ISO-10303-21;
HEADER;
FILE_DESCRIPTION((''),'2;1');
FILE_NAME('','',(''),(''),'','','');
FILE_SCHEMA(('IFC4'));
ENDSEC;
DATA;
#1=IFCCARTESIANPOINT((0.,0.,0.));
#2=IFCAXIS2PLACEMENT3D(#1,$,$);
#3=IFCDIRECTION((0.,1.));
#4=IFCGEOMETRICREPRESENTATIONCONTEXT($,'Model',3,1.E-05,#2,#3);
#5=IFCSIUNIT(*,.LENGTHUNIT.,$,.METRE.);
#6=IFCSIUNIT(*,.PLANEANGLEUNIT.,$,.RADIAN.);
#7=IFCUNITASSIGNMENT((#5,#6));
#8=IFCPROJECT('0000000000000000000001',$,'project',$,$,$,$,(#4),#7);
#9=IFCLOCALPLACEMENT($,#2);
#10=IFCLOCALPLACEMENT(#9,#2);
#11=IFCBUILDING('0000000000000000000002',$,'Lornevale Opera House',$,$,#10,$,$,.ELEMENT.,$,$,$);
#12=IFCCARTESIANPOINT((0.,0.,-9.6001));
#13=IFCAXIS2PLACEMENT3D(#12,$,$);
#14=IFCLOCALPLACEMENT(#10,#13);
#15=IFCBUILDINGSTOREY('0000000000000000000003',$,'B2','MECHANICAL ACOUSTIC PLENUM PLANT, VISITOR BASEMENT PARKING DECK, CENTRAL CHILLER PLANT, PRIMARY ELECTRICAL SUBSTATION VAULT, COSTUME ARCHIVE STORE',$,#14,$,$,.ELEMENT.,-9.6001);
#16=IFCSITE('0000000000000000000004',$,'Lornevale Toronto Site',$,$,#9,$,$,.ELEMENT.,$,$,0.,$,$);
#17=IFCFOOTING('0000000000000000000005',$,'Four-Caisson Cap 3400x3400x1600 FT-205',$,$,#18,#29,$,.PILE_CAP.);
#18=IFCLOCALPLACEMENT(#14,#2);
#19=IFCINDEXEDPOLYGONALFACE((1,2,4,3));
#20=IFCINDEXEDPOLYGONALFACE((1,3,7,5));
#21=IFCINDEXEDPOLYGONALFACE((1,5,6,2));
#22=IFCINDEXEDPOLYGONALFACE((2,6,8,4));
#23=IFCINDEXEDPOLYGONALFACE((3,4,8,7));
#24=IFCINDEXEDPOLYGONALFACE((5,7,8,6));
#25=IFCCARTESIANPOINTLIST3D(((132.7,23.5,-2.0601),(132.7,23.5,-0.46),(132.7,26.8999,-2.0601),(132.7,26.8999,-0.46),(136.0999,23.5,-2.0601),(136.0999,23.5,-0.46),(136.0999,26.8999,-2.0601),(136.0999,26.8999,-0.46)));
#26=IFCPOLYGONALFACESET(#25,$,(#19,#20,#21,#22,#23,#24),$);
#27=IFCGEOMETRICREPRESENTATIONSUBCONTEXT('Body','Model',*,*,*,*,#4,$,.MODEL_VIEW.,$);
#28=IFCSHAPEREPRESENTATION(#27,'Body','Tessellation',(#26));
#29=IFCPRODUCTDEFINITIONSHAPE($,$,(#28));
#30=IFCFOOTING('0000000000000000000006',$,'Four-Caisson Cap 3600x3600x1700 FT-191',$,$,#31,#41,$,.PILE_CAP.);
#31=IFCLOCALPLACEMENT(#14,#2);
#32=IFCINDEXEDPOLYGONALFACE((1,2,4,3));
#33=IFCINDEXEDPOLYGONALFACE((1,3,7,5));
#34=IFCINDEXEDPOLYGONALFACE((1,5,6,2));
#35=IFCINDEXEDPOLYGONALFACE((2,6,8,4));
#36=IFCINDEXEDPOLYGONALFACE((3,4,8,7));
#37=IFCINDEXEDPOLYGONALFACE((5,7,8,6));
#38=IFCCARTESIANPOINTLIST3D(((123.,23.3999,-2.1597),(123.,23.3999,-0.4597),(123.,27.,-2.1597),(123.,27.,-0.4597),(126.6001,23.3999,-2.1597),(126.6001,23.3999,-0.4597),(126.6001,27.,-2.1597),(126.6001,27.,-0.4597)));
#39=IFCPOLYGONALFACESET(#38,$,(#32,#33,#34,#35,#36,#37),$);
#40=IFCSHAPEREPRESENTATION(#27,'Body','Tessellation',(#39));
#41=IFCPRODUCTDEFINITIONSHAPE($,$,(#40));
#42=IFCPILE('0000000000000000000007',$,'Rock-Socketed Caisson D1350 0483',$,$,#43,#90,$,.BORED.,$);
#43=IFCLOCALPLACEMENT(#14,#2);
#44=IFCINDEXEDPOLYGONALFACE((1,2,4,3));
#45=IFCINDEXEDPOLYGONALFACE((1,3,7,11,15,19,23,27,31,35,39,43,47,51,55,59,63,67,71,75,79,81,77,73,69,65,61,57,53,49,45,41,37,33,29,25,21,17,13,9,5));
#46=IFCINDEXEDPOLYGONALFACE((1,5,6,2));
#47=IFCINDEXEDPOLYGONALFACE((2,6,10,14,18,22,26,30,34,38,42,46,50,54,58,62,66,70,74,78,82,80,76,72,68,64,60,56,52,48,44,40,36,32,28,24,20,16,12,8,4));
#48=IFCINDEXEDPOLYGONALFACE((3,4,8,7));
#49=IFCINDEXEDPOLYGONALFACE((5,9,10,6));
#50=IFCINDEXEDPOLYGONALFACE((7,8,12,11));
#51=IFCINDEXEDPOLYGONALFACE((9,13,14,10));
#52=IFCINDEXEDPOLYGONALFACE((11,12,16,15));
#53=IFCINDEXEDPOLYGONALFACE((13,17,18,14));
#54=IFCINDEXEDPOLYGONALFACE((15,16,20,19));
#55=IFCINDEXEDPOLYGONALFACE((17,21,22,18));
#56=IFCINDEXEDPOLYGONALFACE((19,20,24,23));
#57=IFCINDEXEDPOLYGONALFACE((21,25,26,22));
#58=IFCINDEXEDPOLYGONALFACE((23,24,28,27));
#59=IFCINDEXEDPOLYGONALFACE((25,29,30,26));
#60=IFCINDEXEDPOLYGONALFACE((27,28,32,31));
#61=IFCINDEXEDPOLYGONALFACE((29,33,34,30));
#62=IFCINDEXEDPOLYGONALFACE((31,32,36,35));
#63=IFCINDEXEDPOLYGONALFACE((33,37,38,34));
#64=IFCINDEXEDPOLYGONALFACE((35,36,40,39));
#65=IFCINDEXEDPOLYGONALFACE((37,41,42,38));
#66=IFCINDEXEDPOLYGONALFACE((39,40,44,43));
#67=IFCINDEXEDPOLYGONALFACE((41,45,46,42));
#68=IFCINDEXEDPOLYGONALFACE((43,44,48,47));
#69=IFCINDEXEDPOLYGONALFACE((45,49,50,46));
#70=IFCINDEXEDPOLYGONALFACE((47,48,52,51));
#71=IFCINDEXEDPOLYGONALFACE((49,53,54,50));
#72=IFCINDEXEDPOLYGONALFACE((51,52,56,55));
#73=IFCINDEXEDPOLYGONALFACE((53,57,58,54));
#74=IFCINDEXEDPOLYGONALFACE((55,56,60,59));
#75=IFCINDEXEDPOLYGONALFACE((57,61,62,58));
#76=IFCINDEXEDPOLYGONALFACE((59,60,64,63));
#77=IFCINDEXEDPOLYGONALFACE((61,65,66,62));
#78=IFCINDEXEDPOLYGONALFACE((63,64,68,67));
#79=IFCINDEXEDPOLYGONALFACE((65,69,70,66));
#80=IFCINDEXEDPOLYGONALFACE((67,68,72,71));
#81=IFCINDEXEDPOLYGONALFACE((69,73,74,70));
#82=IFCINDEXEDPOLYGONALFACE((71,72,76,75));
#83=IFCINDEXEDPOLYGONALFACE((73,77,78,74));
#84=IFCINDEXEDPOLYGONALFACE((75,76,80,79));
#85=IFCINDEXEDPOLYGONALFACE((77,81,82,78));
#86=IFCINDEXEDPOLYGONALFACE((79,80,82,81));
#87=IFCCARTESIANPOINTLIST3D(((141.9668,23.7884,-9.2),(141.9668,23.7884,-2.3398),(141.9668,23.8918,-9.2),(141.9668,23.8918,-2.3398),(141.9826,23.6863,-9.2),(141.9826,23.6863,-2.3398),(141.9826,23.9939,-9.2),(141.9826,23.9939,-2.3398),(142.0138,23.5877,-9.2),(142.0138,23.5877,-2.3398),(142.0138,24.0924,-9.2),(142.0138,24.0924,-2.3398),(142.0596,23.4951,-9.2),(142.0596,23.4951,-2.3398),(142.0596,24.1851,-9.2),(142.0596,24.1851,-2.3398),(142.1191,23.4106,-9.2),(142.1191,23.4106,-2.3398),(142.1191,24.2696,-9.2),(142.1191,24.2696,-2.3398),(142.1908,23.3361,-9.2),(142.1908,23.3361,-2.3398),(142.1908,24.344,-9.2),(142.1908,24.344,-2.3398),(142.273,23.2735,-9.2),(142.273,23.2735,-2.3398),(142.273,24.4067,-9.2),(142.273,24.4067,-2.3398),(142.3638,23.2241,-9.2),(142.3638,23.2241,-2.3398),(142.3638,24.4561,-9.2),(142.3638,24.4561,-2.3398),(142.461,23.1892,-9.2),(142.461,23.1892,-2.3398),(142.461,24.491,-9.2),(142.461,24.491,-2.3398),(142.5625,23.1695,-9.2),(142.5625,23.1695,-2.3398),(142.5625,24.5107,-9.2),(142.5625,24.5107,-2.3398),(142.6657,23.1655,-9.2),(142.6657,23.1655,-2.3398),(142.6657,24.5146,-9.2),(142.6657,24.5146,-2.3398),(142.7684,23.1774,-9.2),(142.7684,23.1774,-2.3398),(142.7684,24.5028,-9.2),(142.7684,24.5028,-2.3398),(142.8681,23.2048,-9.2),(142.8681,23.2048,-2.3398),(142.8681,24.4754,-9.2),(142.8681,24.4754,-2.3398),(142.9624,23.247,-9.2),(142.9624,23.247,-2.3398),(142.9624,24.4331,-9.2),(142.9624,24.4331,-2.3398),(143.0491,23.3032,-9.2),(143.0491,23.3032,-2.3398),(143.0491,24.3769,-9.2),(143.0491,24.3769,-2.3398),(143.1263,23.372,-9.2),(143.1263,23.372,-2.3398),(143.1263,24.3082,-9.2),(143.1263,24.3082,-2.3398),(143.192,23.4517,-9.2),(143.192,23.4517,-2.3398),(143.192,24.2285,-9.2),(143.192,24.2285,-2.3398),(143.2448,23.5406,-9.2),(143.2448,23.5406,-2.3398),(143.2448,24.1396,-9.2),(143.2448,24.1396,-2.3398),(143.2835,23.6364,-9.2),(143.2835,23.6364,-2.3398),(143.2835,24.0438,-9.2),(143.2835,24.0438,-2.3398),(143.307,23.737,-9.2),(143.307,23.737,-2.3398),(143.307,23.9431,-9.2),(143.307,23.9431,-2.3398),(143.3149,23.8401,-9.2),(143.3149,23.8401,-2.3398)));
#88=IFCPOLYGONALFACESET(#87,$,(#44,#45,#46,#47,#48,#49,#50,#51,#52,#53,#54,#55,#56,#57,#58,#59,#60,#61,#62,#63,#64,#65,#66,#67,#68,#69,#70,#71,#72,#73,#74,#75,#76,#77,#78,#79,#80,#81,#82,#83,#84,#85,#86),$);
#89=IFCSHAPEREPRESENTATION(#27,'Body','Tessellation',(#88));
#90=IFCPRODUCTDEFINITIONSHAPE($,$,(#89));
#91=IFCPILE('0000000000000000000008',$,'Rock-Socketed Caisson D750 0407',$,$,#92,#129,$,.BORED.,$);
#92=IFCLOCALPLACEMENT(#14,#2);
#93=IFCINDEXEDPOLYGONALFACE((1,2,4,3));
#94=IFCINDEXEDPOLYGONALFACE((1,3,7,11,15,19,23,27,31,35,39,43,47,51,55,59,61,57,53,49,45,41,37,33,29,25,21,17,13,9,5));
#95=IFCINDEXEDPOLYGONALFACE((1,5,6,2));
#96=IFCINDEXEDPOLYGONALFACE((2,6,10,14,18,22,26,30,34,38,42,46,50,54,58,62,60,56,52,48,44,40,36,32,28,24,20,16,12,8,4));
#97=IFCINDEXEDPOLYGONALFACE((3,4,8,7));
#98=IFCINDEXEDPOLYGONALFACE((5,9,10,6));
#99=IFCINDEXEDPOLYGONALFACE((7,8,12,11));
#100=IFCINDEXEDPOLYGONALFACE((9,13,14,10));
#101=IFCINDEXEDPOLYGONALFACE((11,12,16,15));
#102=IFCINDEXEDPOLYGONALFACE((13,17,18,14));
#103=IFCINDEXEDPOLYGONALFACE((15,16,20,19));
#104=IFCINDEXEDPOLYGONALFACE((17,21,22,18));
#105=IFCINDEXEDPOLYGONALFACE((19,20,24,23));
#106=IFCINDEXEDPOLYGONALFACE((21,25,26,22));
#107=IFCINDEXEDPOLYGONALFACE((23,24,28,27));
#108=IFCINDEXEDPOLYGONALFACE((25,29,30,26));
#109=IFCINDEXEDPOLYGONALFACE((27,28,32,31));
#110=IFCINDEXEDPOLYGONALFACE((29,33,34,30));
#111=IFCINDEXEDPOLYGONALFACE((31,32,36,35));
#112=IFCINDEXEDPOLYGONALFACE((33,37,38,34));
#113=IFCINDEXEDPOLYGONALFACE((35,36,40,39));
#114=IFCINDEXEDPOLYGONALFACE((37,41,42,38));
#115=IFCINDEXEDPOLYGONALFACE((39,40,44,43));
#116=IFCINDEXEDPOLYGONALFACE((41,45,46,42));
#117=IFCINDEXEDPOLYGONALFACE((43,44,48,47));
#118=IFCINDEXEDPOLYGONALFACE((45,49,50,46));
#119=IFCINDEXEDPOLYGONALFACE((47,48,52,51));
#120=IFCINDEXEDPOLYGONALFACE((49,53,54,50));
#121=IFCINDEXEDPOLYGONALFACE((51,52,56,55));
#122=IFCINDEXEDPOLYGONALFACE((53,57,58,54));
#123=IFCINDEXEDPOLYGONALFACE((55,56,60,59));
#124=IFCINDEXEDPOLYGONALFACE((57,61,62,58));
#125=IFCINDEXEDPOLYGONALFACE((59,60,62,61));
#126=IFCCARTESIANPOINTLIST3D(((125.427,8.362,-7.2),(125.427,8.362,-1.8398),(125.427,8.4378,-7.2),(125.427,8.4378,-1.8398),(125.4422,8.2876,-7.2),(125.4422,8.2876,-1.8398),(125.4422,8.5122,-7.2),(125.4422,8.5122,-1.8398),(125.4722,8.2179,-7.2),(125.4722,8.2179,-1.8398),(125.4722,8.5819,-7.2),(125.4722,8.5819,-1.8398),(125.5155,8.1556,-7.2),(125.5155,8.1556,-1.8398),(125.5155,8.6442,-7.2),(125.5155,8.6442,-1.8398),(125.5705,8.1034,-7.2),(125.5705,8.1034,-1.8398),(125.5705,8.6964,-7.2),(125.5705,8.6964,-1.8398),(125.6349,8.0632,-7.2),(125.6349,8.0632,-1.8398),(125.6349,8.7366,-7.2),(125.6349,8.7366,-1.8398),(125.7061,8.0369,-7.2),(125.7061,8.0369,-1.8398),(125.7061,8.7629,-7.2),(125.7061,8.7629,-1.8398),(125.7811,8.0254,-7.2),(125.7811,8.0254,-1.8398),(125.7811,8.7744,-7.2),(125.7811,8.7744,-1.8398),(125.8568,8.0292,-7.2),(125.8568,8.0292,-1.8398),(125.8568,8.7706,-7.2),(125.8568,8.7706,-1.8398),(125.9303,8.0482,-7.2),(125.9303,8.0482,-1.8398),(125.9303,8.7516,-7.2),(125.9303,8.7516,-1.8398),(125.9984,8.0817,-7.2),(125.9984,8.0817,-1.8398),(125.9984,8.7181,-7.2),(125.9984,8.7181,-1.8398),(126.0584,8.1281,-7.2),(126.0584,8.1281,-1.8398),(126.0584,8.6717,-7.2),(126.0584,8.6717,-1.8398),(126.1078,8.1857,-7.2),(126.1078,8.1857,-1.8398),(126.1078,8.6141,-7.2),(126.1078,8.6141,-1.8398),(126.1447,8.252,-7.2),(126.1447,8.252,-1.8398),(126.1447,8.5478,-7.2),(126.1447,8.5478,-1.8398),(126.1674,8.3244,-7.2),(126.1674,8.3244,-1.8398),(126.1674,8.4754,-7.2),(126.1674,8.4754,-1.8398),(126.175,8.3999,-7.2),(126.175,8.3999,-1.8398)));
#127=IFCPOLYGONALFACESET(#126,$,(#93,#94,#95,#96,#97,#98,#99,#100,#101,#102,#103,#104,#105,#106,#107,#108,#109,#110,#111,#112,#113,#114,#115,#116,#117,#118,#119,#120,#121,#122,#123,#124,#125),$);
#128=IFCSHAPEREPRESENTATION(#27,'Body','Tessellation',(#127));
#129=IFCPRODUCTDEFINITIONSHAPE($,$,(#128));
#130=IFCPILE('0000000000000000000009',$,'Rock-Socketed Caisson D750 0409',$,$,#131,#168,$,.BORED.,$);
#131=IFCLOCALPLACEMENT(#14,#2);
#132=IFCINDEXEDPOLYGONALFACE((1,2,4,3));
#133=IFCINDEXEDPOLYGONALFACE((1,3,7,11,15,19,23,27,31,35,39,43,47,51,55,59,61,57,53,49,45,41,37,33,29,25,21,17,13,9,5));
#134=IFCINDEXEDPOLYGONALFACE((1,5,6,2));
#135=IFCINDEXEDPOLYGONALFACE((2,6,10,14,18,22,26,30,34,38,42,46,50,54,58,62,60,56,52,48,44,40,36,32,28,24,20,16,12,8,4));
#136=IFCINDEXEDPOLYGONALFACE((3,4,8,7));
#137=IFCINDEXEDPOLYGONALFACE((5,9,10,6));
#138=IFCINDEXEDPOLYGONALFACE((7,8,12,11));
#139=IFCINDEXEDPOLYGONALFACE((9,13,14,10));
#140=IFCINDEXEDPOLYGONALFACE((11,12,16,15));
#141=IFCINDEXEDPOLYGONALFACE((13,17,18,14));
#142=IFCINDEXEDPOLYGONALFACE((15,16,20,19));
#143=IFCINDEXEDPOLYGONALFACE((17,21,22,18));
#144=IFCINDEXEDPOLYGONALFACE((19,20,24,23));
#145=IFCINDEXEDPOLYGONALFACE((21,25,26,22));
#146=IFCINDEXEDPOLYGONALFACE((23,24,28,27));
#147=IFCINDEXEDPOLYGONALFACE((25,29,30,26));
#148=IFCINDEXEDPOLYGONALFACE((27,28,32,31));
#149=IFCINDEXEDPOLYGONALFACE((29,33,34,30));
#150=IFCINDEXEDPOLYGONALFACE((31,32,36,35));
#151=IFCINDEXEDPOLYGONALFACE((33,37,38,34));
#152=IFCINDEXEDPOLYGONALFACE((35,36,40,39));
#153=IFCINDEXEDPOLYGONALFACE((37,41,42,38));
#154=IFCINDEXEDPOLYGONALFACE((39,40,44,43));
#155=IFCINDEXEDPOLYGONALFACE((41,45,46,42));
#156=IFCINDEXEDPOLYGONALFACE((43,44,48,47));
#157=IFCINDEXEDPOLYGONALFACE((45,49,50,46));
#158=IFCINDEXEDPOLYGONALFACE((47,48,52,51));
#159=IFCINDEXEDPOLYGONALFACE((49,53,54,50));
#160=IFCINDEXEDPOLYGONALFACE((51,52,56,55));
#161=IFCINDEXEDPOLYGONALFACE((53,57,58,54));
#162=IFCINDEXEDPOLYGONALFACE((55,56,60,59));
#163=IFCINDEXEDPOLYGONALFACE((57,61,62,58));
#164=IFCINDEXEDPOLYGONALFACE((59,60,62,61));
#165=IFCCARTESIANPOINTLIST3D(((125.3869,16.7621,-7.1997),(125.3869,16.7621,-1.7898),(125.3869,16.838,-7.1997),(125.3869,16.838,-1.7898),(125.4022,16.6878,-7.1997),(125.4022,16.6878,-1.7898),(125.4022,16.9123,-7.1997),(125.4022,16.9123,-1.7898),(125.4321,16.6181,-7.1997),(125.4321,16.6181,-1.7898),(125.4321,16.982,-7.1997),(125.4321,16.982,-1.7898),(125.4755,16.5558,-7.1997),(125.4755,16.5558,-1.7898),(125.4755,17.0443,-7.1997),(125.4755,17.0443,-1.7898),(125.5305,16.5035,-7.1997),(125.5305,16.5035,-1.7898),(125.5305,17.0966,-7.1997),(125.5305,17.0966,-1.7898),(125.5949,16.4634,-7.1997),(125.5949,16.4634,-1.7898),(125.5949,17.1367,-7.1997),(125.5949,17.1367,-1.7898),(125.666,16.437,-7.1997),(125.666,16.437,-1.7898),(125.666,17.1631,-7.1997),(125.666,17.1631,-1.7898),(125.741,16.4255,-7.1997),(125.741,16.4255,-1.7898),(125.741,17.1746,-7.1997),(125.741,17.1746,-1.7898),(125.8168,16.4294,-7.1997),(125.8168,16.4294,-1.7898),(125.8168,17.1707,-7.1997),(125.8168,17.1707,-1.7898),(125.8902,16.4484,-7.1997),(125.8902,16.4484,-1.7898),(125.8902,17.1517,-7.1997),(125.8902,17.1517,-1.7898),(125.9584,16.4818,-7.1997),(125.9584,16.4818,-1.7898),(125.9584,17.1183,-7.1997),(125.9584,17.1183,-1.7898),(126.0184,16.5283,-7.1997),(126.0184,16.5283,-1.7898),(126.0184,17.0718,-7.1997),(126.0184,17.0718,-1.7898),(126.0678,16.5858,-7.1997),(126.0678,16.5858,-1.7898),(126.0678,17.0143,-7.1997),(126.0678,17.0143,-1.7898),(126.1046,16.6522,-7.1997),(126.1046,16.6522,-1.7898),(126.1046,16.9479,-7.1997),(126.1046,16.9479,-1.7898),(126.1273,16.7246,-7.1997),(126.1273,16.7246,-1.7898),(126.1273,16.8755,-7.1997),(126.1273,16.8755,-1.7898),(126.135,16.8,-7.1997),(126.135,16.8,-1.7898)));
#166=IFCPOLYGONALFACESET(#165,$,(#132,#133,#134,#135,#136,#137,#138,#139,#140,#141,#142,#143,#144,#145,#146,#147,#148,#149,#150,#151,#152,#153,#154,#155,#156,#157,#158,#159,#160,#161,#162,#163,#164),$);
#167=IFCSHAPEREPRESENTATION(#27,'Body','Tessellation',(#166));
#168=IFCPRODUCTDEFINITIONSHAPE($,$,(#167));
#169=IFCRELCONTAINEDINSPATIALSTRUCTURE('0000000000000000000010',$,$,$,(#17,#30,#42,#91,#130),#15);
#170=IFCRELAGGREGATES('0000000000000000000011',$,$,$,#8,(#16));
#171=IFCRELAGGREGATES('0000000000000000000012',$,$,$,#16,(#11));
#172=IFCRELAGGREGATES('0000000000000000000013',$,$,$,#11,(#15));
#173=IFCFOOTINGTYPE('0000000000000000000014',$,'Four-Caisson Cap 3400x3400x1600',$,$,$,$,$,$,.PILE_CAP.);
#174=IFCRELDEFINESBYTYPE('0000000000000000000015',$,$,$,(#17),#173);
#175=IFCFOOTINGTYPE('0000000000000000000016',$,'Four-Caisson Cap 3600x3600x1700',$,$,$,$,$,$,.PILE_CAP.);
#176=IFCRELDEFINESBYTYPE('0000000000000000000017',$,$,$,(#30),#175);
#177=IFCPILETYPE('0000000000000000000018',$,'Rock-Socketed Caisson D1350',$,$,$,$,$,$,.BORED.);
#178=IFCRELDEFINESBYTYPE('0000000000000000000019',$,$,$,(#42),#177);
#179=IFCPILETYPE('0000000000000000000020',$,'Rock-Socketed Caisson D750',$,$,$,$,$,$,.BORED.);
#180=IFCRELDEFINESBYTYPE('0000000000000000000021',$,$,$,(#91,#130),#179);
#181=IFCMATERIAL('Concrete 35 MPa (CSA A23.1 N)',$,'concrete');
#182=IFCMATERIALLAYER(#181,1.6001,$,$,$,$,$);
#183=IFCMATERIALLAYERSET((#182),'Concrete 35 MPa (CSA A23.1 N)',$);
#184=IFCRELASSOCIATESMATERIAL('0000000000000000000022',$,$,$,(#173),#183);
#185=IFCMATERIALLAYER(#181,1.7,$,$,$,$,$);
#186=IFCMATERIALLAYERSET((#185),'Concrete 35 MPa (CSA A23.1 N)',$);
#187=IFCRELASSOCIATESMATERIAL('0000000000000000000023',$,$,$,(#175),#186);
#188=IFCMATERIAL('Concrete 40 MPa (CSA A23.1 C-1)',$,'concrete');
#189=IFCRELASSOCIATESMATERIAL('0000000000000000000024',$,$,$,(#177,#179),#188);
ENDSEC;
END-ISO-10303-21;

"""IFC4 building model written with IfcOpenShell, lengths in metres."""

from ifc_helpers import new_model, si_unit, direction, frame, origin, origin_2d, place, context, subcontext, project, spatial, rectangle, circle, extrude, material, layer, layer_set, material_profile, profile_set, type_object, element, save


model = new_model("IFC4")

# Units and contexts
model_context = context("Model", 3, precision=1e-05, world=origin(), true_north=direction((0.0, 1.0)))
body_context = subcontext(model_context, "Body", "Model", "MODEL_VIEW")
ifc_project = project(units=[si_unit("LENGTHUNIT", "METRE"), si_unit("PLANEANGLEUNIT", "RADIAN")], contexts=[model_context])

# Site, building, storey
site_placement = place(None, origin())
site = spatial("IfcSite", under=ifc_project, at=site_placement, Name="Lornevale Toronto Site", CompositionType="ELEMENT", RefElevation=0.0)
building_placement = place(site_placement, origin())
building = spatial("IfcBuilding", under=site, at=building_placement, Name="Lornevale Opera House", CompositionType="ELEMENT")
storey_placement = place(building_placement, frame((0.0, 0.0, -9.6001)))
storey = spatial("IfcBuildingStorey", under=building, at=storey_placement, Name="B2", Description="MECHANICAL ACOUSTIC PLENUM PLANT, VISITOR BASEMENT PARKING DECK, CENTRAL CHILLER PLANT, PRIMARY ELECTRICAL SUBSTATION VAULT, COSTUME ARCHIVE STORE", CompositionType="ELEMENT", Elevation=-9.6001)

# Footings
ifc_material_1 = material(Name="Concrete 35 MPa (CSA A23.1 N)", Category="concrete")
ifc_layer_1 = layer(ifc_material_1, 1.6001)
ifc_layer_set_1 = layer_set([ifc_layer_1], Name="Concrete 35 MPa (CSA A23.1 N)")
footing_type_1 = type_object("IfcFootingType", Name="Four-Caisson Cap 3400x3400x1600", PredefinedType="PILE_CAP", material=ifc_layer_set_1)
footing_1_placement = place(storey_placement, frame((134.3999, 25.2, -2.0601), z_axis=(0.0, 0.0, 1.0), x_axis=(1.0, 0.0, 0.0)))
element("IfcFooting", 1, at=footing_1_placement, inside=storey, type_object=footing_type_1, Name="Four-Caisson Cap 3400x3400x1600 FT-205", PredefinedType="PILE_CAP", context=body_context, shape_type="SweptSolid", body=[
    extrude(rectangle(XDim=3.3999, YDim=3.3999, at=origin_2d()), origin(), (0.0, 0.0, 1.0), 1.6001),
])
ifc_layer_2 = layer(ifc_material_1, 1.7)
ifc_layer_set_2 = layer_set([ifc_layer_2], Name="Concrete 35 MPa (CSA A23.1 N)")
footing_type_2 = type_object("IfcFootingType", Name="Four-Caisson Cap 3600x3600x1700", PredefinedType="PILE_CAP", material=ifc_layer_set_2)
footing_2_placement = place(storey_placement, frame((124.8, 25.2, -2.1597), z_axis=(0.0, 0.0, 1.0), x_axis=(1.0, 0.0, 0.0)))
element("IfcFooting", 2, at=footing_2_placement, inside=storey, type_object=footing_type_2, Name="Four-Caisson Cap 3600x3600x1700 FT-191", PredefinedType="PILE_CAP", context=body_context, shape_type="SweptSolid", body=[
    extrude(rectangle(XDim=3.6001, YDim=3.6001, at=origin_2d()), origin(), (0.0, 0.0, 1.0), 1.7),
])

# Piles
ifc_material_2 = material(Name="Concrete 40 MPa (CSA A23.1 C-1)", Category="concrete")
ifc_material_profile_1 = material_profile(ifc_material_2, circle(Radius=0.675, at=origin_2d()), Name="CAIS1350")
ifc_profile_set_1 = profile_set([ifc_material_profile_1], Name="Concrete 40 MPa (CSA A23.1 C-1)")
pile_type_1 = type_object("IfcPileType", Name="Rock-Socketed Caisson D1350", PredefinedType="BORED", material=ifc_profile_set_1)
pile_1_placement = place(storey_placement, frame((142.6399, 23.8401, -2.3398), z_axis=(0.0, 0.0, -1.0), x_axis=(1.0, 0.0, 0.0)))
element("IfcPile", 3, at=pile_1_placement, inside=storey, type_object=pile_type_1, Name="Rock-Socketed Caisson D1350 0483", PredefinedType="BORED", context=body_context, shape_type="SweptSolid", body=[
    extrude(circle(Radius=0.675, at=origin_2d()), origin(), (0.0, 0.0, 1.0), 6.8601),
])
ifc_material_profile_2 = material_profile(ifc_material_2, circle(Radius=0.375, at=origin_2d()), Name="CAIS750")
ifc_profile_set_2 = profile_set([ifc_material_profile_2], Name="Concrete 40 MPa (CSA A23.1 C-1)")
pile_type_2 = type_object("IfcPileType", Name="Rock-Socketed Caisson D750", PredefinedType="BORED", material=ifc_profile_set_2)
pile_2_placement = place(storey_placement, frame((125.8, 8.3999, -1.8398), z_axis=(0.0, 0.0, -1.0), x_axis=(1.0, 0.0, 0.0)))
element("IfcPile", 4, at=pile_2_placement, inside=storey, type_object=pile_type_2, Name="Rock-Socketed Caisson D750 0407", PredefinedType="BORED", context=body_context, shape_type="SweptSolid", body=[
    extrude(circle(Radius=0.375, at=origin_2d()), origin(), (0.0, 0.0, 1.0), 5.3601),
])
for number, where, z_axis, x_axis, name in (
    (5, (125.76, 16.8, -1.7898), (0.0, 0.0, -1.0), (1.0, 0.0, 0.0), "Rock-Socketed Caisson D750 0409"),
):
    element("IfcPile", number, at=place(storey_placement, frame(where, z_axis=z_axis, x_axis=x_axis)), inside=storey, type_object=pile_type_2, Name=name, PredefinedType="BORED", context=body_context, shape_type="SweptSolid", body=[
        extrude(circle(Radius=0.375, at=origin_2d()), origin(), (0.0, 0.0, 1.0), 5.4099),
    ])

save(model, "model.ifc")
